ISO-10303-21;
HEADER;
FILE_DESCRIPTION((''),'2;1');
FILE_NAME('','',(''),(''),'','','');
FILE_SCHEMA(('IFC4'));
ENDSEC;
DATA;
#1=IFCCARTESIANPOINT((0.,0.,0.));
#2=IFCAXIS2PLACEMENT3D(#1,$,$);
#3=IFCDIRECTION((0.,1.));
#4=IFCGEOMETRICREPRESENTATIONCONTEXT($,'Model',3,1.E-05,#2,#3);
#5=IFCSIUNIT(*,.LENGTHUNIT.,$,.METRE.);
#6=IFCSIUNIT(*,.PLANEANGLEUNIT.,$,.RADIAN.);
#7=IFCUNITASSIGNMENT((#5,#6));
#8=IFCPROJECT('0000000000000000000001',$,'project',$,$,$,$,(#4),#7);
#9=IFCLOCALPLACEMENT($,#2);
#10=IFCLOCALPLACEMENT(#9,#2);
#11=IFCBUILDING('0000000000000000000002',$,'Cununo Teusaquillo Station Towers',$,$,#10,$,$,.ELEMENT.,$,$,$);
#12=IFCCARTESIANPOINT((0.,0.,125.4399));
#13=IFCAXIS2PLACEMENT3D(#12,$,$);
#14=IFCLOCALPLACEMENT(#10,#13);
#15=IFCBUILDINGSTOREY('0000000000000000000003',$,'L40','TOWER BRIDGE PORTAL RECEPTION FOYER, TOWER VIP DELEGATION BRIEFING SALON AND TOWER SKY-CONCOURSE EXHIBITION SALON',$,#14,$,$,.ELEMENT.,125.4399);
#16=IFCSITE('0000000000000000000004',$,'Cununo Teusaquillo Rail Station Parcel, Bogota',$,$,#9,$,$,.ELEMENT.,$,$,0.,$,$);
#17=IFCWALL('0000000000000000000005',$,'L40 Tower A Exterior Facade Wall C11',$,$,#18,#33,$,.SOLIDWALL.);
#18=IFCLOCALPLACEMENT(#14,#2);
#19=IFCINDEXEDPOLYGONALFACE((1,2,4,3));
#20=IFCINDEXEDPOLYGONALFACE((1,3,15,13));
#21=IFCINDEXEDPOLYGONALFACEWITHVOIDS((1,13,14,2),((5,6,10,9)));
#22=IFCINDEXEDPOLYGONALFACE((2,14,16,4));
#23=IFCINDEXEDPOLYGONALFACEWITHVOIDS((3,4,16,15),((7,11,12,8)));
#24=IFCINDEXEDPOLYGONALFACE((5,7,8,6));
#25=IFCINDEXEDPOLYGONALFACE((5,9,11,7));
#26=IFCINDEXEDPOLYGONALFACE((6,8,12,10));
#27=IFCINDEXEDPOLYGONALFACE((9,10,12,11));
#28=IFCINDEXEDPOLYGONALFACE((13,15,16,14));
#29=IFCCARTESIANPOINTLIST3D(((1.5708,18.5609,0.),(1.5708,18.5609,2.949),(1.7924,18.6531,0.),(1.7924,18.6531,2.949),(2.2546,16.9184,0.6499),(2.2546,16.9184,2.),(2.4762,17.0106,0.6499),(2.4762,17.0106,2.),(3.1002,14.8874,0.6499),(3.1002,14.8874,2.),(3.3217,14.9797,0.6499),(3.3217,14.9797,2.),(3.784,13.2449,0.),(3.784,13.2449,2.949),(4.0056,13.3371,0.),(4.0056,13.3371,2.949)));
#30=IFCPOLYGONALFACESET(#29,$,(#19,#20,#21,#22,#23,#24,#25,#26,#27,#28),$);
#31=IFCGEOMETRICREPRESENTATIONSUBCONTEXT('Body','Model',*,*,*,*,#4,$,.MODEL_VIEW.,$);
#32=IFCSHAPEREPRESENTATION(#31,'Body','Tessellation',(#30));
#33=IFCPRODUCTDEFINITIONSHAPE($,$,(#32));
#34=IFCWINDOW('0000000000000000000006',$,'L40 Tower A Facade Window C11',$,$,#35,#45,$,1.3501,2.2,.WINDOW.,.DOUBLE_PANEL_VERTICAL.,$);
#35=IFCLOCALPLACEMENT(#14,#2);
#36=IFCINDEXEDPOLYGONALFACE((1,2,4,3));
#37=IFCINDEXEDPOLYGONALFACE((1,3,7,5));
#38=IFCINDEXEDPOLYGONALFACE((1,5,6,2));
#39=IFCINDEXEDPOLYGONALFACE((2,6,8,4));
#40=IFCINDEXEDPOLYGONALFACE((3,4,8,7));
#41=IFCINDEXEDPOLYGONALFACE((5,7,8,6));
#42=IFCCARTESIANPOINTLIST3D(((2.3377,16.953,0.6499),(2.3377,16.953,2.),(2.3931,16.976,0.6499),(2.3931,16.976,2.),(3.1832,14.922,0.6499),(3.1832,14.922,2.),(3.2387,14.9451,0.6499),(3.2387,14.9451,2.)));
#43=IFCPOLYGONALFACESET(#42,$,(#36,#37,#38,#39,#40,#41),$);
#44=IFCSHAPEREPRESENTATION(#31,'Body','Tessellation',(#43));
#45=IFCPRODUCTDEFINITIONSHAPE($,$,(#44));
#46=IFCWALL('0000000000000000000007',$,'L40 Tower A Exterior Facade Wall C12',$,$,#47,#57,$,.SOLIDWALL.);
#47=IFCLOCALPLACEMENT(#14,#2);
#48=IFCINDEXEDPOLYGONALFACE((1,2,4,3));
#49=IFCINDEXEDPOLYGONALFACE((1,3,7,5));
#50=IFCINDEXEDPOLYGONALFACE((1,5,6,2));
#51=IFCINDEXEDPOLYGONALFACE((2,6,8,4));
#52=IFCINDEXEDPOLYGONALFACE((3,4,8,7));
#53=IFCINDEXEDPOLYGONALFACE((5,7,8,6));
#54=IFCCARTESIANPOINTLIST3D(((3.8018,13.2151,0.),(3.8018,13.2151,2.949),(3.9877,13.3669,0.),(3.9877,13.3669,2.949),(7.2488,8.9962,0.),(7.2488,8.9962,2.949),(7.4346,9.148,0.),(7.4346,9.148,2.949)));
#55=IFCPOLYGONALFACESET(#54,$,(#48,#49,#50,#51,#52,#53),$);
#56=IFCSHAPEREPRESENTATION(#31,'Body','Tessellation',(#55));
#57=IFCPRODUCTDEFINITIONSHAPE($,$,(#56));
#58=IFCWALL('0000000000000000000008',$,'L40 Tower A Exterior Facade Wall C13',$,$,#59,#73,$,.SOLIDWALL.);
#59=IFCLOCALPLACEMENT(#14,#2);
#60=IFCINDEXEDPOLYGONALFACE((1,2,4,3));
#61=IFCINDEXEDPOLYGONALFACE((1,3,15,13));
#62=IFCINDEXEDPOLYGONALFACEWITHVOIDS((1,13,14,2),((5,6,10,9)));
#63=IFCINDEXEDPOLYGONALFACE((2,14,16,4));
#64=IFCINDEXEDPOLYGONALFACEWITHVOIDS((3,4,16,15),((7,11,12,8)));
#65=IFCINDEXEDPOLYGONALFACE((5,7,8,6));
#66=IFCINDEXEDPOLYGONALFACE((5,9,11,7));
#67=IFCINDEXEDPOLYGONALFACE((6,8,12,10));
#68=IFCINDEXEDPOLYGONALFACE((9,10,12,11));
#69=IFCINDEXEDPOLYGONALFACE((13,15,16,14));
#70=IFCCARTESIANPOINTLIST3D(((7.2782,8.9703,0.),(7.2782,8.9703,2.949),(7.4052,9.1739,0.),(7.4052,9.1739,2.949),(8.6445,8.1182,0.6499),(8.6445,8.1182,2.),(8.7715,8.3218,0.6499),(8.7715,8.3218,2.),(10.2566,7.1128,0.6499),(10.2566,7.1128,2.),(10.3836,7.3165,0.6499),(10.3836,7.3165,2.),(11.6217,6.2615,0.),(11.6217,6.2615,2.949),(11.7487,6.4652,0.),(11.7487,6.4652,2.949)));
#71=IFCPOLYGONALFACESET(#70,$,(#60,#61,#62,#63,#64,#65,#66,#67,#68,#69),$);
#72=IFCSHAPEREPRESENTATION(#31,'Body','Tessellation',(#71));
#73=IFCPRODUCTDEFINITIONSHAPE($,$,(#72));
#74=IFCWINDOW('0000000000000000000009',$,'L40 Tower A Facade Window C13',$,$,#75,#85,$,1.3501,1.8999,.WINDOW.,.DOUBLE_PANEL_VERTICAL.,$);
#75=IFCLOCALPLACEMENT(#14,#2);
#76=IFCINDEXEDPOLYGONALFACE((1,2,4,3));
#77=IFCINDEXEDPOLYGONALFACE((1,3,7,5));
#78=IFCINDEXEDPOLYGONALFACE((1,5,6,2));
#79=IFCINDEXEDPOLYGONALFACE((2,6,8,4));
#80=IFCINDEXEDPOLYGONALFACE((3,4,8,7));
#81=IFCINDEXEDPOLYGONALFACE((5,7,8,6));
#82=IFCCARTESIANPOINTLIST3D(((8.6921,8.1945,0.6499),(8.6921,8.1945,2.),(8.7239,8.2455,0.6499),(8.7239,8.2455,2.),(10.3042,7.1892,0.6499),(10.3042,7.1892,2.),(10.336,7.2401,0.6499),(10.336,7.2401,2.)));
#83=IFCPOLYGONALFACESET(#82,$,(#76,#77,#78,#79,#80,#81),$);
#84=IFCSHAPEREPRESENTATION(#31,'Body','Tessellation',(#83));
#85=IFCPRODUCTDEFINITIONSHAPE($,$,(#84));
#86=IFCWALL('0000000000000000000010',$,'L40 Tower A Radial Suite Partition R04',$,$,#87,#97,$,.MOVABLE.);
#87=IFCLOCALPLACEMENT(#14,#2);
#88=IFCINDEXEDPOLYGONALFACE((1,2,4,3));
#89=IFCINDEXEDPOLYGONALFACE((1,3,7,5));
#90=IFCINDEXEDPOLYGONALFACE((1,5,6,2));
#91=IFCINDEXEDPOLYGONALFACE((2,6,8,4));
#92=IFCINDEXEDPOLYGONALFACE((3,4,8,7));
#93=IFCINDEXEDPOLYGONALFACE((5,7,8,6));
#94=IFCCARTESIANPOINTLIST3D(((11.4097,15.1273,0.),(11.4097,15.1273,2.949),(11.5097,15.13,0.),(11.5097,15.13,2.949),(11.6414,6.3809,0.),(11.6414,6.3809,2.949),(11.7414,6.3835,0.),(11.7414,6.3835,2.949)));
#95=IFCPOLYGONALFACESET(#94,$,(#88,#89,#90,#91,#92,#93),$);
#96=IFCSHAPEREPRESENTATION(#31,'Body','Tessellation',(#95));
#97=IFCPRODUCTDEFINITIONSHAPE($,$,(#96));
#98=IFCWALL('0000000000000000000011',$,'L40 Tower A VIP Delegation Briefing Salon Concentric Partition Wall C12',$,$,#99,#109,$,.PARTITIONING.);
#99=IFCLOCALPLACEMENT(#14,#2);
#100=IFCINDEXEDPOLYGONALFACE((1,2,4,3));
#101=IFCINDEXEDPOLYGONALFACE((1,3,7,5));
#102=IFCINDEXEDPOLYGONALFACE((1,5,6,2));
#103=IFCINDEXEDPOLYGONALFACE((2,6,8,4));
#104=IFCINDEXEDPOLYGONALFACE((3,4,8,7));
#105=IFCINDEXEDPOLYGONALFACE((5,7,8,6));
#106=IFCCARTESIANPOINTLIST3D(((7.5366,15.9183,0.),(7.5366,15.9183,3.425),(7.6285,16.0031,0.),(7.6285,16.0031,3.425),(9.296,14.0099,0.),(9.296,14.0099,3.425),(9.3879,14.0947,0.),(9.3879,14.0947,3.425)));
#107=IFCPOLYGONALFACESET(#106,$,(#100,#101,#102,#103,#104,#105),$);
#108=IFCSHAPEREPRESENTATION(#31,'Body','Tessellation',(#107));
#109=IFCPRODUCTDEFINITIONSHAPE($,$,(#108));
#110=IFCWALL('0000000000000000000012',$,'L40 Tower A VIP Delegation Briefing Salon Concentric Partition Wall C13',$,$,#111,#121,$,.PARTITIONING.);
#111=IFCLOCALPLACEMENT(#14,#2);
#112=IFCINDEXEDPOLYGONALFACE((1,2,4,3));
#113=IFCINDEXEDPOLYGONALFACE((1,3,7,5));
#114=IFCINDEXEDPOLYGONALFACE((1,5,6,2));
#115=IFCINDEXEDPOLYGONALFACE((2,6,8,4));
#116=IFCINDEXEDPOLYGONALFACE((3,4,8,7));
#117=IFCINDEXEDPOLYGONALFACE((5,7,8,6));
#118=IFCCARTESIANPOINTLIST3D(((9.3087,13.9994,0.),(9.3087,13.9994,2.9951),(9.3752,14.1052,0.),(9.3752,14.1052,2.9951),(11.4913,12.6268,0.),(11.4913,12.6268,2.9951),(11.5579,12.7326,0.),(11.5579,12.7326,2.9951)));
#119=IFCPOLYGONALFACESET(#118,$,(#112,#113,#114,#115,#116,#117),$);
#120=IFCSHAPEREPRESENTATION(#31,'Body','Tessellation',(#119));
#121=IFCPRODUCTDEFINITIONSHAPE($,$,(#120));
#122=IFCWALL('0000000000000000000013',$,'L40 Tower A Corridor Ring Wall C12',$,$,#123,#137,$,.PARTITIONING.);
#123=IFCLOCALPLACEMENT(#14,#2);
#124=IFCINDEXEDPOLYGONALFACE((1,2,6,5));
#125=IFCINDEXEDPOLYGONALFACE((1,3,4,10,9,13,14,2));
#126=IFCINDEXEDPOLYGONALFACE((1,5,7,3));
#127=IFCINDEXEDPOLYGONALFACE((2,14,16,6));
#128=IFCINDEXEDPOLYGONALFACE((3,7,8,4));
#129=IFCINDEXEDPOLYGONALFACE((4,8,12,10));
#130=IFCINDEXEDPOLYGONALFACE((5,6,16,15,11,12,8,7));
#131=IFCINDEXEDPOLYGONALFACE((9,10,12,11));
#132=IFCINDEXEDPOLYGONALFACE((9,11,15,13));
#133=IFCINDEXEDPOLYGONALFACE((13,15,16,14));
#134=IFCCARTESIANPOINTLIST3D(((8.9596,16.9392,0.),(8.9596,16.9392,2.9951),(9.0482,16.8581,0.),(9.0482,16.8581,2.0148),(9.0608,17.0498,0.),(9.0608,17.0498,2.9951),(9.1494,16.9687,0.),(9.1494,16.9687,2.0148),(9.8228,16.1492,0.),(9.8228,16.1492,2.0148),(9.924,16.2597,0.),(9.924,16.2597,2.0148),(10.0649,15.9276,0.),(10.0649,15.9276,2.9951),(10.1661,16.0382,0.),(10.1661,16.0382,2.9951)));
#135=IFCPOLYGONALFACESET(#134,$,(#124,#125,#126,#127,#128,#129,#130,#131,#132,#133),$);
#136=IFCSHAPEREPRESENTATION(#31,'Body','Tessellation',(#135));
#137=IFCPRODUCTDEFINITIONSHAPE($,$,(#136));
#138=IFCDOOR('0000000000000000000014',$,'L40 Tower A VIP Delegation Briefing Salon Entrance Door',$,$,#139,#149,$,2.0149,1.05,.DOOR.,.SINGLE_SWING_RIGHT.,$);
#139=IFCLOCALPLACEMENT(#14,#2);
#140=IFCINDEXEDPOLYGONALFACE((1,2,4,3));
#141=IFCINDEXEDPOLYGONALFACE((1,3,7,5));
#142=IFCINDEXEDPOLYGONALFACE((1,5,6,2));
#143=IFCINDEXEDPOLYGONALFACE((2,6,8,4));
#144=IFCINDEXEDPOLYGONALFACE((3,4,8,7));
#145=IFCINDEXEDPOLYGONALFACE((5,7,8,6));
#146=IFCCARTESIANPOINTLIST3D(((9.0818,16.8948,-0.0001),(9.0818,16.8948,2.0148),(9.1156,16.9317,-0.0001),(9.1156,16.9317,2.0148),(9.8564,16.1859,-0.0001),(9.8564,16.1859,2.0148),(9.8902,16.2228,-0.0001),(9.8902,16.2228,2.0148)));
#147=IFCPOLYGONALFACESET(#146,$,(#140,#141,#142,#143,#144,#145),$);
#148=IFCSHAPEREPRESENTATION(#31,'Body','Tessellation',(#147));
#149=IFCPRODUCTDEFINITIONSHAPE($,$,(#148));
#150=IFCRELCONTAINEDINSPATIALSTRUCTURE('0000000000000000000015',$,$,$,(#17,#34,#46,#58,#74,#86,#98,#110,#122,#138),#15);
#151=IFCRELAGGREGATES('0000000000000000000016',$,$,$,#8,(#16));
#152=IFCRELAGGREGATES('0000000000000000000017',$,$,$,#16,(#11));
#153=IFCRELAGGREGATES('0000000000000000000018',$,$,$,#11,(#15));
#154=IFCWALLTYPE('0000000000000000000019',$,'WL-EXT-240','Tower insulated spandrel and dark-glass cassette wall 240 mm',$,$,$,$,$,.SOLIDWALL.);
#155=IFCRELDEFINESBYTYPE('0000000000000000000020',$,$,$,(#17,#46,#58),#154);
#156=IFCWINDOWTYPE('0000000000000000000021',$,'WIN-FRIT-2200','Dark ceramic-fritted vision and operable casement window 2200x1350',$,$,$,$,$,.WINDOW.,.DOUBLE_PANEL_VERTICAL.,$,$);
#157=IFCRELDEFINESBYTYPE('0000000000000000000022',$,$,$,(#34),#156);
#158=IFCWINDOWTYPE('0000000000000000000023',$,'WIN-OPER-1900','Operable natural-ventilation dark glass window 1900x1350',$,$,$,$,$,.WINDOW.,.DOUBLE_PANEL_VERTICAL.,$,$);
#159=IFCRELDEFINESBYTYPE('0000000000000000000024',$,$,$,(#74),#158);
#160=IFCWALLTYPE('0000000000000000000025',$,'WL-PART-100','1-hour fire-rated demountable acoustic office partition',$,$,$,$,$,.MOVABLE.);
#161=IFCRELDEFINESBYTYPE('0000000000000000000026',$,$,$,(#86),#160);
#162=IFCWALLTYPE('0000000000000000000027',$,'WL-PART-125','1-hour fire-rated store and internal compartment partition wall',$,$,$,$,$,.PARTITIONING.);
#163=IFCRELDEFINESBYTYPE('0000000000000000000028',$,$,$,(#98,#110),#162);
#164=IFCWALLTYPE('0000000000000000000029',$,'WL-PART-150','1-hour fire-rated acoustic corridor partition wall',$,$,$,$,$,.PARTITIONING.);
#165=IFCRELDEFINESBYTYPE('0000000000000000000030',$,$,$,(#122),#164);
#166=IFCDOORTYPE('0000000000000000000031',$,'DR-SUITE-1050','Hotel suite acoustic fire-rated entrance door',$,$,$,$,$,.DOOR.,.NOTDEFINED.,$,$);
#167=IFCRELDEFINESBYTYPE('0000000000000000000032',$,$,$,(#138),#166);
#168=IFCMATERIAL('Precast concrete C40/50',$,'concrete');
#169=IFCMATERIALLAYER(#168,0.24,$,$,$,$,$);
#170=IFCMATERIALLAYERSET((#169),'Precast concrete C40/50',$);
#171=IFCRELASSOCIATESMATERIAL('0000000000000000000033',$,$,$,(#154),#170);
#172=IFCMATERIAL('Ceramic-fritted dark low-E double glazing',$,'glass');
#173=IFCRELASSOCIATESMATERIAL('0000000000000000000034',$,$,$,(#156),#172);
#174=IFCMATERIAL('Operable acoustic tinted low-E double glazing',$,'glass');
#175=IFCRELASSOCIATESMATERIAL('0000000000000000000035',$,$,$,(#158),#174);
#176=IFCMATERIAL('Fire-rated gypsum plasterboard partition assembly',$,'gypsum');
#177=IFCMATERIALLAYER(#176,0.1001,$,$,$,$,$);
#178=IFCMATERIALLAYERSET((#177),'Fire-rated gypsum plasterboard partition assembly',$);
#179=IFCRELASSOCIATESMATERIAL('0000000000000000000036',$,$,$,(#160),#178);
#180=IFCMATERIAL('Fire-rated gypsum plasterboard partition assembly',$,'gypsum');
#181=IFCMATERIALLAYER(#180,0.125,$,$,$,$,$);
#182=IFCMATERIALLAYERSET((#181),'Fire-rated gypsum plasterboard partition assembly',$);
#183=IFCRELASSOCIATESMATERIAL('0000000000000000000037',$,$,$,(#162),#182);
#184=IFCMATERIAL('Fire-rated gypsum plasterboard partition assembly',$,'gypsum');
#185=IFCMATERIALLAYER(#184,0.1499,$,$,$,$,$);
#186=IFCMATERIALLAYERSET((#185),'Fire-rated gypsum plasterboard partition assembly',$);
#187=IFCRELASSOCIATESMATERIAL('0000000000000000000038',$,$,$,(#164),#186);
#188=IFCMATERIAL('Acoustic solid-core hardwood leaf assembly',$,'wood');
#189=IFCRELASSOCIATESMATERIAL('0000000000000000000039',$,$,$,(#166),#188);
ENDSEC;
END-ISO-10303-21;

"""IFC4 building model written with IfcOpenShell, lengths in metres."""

from ifc_helpers import new_model, si_unit, direction, frame, frame_2d, origin, place, context, subcontext, project, spatial, rectangle, extrude, source, transform, mapped, material, layer, layer_set, type_object, element, fill, save


model = new_model("IFC4")

# Units and contexts
model_context = context("Model", 3, precision=1e-05, world=origin(), true_north=direction((0.0, 1.0)))
body_context = subcontext(model_context, "Body", "Model", "MODEL_VIEW")
ifc_project = project(units=[si_unit("LENGTHUNIT", "METRE"), si_unit("PLANEANGLEUNIT", "RADIAN")], contexts=[model_context])

# Site, building, storey
site_placement = place(None, origin())
site = spatial("IfcSite", under=ifc_project, at=site_placement, Name="Cununo Teusaquillo Rail Station Parcel, Bogota", CompositionType="ELEMENT", RefElevation=0.0)
building_placement = place(site_placement, origin())
building = spatial("IfcBuilding", under=site, at=building_placement, Name="Cununo Teusaquillo Station Towers", CompositionType="ELEMENT")
storey_placement = place(building_placement, frame((0.0, 0.0, 125.4399)))
storey = spatial("IfcBuildingStorey", under=building, at=storey_placement, Name="L40", Description="TOWER BRIDGE PORTAL RECEPTION FOYER, TOWER VIP DELEGATION BRIEFING SALON AND TOWER SKY-CONCOURSE EXHIBITION SALON", CompositionType="ELEMENT", Elevation=125.4399)

# Wall, opening, window
ifc_material_1 = material(Name="Precast concrete C40/50", Category="concrete")
ifc_layer_1 = layer(ifc_material_1, 0.24)
ifc_layer_set_1 = layer_set([ifc_layer_1], Name="Precast concrete C40/50")
wall_type_1 = type_object("IfcWallType", Name="WL-EXT-240", Description="Tower insulated spandrel and dark-glass cassette wall 240 mm", PredefinedType="SOLIDWALL", material=ifc_layer_set_1)
wall_1_placement = place(storey_placement, frame((3.8948, 13.291, 0.0), z_axis=(0.0, 0.0, 1.0), x_axis=(-0.384344, 0.92319, 0.0)))
wall_1 = element("IfcWall", 1, at=wall_1_placement, inside=storey, type_object=wall_type_1, Name="L40 Tower A Exterior Facade Wall C11", PredefinedType="SOLIDWALL", context=body_context, shape_type="SweptSolid", body=[
    extrude(rectangle(XDim=5.7583, YDim=0.24, at=frame_2d((2.8792, 0.0))), origin(), (0.0, 0.0, 1.0), 2.949),
])
shared_shape_1 = source(origin(), body_context, "Body", "SweptSolid", [
    extrude(rectangle(XDim=2.2, YDim=1.3501, at=frame_2d((1.1001, 0.675))), frame((0.0, 0.1299, 0.0), z_axis=(0.0, -1.0, 0.0), x_axis=(1.0, 0.0, 0.0)), (0.0, 0.0, 1.0), 0.26),
])
opening_1_placement = place(wall_1_placement, frame((1.7791, 0.0, 0.6499)))
opening_1 = element("IfcOpeningElement", 2, at=opening_1_placement, cuts=wall_1, PredefinedType="OPENING", context=body_context, shape_type="MappedRepresentation", body=[
    mapped(shared_shape_1, transform((0.0, 0.0, 0.0), x_axis=(1.0, 0.0, 0.0), y_axis=(0.0, 1.0, 0.0), z_axis=(0.0, 0.0, 1.0), scale=1.0)),
])
ifc_material_2 = material(Name="Ceramic-fritted dark low-E double glazing", Category="glass")
window_type_1 = type_object("IfcWindowType", Name="WIN-FRIT-2200", Description="Dark ceramic-fritted vision and operable casement window 2200x1350", PartitioningType="DOUBLE_PANEL_VERTICAL", PredefinedType="WINDOW", material=ifc_material_2)
shared_shape_2 = source(origin(), body_context, "Body", "SweptSolid", [
    extrude(rectangle(XDim=2.2, YDim=1.3501, at=frame_2d((1.1001, 0.675))), frame((0.0, 0.03, 0.0), z_axis=(0.0, -1.0, 0.0), x_axis=(1.0, 0.0, 0.0)), (0.0, 0.0, 1.0), 0.0601),
])
window_1_placement = place(opening_1_placement, origin())
window_1 = element("IfcWindow", 3, at=window_1_placement, inside=storey, type_object=window_type_1, Name="L40 Tower A Facade Window C11", OverallHeight=1.3501, OverallWidth=2.2, PartitioningType="DOUBLE_PANEL_VERTICAL", PredefinedType="WINDOW", context=body_context, shape_type="MappedRepresentation", body=[
    mapped(shared_shape_2, transform((0.0, 0.0, 0.0), x_axis=(1.0, 0.0, 0.0), y_axis=(0.0, 1.0, 0.0), z_axis=(0.0, 0.0, 1.0), scale=1.0)),
])
fill(opening_1, window_1)

# Wall
wall_2_placement = place(storey_placement, frame((7.3418, 9.072, 0.0), z_axis=(0.0, 0.0, 1.0), x_axis=(-0.632701, 0.774396, 0.0)))
element("IfcWall", 4, at=wall_2_placement, inside=storey, type_object=wall_type_1, Name="L40 Tower A Exterior Facade Wall C12", PredefinedType="SOLIDWALL", context=body_context, shape_type="SweptSolid", body=[
    extrude(rectangle(XDim=5.448, YDim=0.24, at=frame_2d((2.7241, 0.0))), origin(), (0.0, 0.0, 1.0), 2.949),
])

# Wall, opening, window
wall_3_placement = place(storey_placement, frame((11.6853, 6.3633, 0.0), z_axis=(0.0, 0.0, 1.0), x_axis=(-0.84852, 0.529163, 0.0)))
wall_3 = element("IfcWall", 5, at=wall_3_placement, inside=storey, type_object=wall_type_1, Name="L40 Tower A Exterior Facade Wall C13", PredefinedType="SOLIDWALL", context=body_context, shape_type="SweptSolid", body=[
    extrude(rectangle(XDim=5.1189, YDim=0.24, at=frame_2d((2.5596, 0.0))), origin(), (0.0, 0.0, 1.0), 2.949),
])
shared_shape_3 = source(origin(), body_context, "Body", "SweptSolid", [
    extrude(rectangle(XDim=1.8999, YDim=1.3501, at=frame_2d((0.95, 0.675))), frame((0.0, 0.1299, 0.0), z_axis=(0.0, -1.0, 0.0), x_axis=(1.0, 0.0, 0.0)), (0.0, 0.0, 1.0), 0.26),
])
opening_2_placement = place(wall_3_placement, frame((1.6089, 0.0, 0.6499)))
opening_2 = element("IfcOpeningElement", 6, at=opening_2_placement, cuts=wall_3, PredefinedType="OPENING", context=body_context, shape_type="MappedRepresentation", body=[
    mapped(shared_shape_3, transform((0.0, 0.0, 0.0), x_axis=(1.0, 0.0, 0.0), y_axis=(0.0, 1.0, 0.0), z_axis=(0.0, 0.0, 1.0), scale=1.0)),
])
ifc_material_3 = material(Name="Operable acoustic tinted low-E double glazing", Category="glass")
window_type_2 = type_object("IfcWindowType", Name="WIN-OPER-1900", Description="Operable natural-ventilation dark glass window 1900x1350", PartitioningType="DOUBLE_PANEL_VERTICAL", PredefinedType="WINDOW", material=ifc_material_3)
shared_shape_4 = source(origin(), body_context, "Body", "SweptSolid", [
    extrude(rectangle(XDim=1.8999, YDim=1.3501, at=frame_2d((0.95, 0.675))), frame((0.0, 0.03, 0.0), z_axis=(0.0, -1.0, 0.0), x_axis=(1.0, 0.0, 0.0)), (0.0, 0.0, 1.0), 0.0601),
])
window_2_placement = place(opening_2_placement, origin())
window_2 = element("IfcWindow", 7, at=window_2_placement, inside=storey, type_object=window_type_2, Name="L40 Tower A Facade Window C13", OverallHeight=1.3501, OverallWidth=1.8999, PartitioningType="DOUBLE_PANEL_VERTICAL", PredefinedType="WINDOW", context=body_context, shape_type="MappedRepresentation", body=[
    mapped(shared_shape_4, transform((0.0, 0.0, 0.0), x_axis=(1.0, 0.0, 0.0), y_axis=(0.0, 1.0, 0.0), z_axis=(0.0, 0.0, 1.0), scale=1.0)),
])
fill(opening_2, window_2)

# Walls
ifc_material_4 = material(Name="Fire-rated gypsum plasterboard partition assembly", Category="gypsum")
ifc_layer_2 = layer(ifc_material_4, 0.1001)
ifc_layer_set_2 = layer_set([ifc_layer_2], Name="Fire-rated gypsum plasterboard partition assembly")
wall_type_2 = type_object("IfcWallType", Name="WL-PART-100", Description="1-hour fire-rated demountable acoustic office partition", PredefinedType="MOVABLE", material=ifc_layer_set_2)
wall_4_placement = place(storey_placement, frame((11.4597, 15.1287, 0.0), z_axis=(0.0, 0.0, 1.0), x_axis=(0.026481, -0.999649, 0.0)))
element("IfcWall", 8, at=wall_4_placement, inside=storey, type_object=wall_type_2, Name="L40 Tower A Radial Suite Partition R04", PredefinedType="MOVABLE", context=body_context, shape_type="SweptSolid", body=[
    extrude(rectangle(XDim=8.7495, YDim=0.1001, at=frame_2d((4.3748, 0.0))), origin(), (0.0, 0.0, 1.0), 2.949),
])
ifc_material_5 = material(Name="Fire-rated gypsum plasterboard partition assembly", Category="gypsum")
ifc_layer_3 = layer(ifc_material_5, 0.125)
ifc_layer_set_3 = layer_set([ifc_layer_3], Name="Fire-rated gypsum plasterboard partition assembly")
wall_type_3 = type_object("IfcWallType", Name="WL-PART-125", Description="1-hour fire-rated store and internal compartment partition wall", PredefinedType="PARTITIONING", material=ifc_layer_set_3)
wall_5_placement = place(storey_placement, frame((7.5825, 15.9607, 0.0), z_axis=(0.0, 0.0, 1.0), x_axis=(0.677839, -0.735211, 0.0)))
element("IfcWall", 9, at=wall_5_placement, inside=storey, type_object=wall_type_3, Name="L40 Tower A VIP Delegation Briefing Salon Concentric Partition Wall C12", PredefinedType="PARTITIONING", context=body_context, shape_type="SweptSolid", body=[
    extrude(rectangle(XDim=2.5957, YDim=0.125, at=frame_2d((1.2979, 0.0))), origin(), (0.0, 0.0, 1.0), 3.425),
])
wall_6_placement = place(storey_placement, frame((9.342, 14.0522, 0.0), z_axis=(0.0, 0.0, 1.0), x_axis=(0.846527, -0.532346, 0.0)))
element("IfcWall", 10, at=wall_6_placement, inside=storey, type_object=wall_type_3, Name="L40 Tower A VIP Delegation Briefing Salon Concentric Partition Wall C13", PredefinedType="PARTITIONING", context=body_context, shape_type="SweptSolid", body=[
    extrude(rectangle(XDim=2.5784, YDim=0.125, at=frame_2d((1.2891, 0.0))), origin(), (0.0, 0.0, 1.0), 2.9951),
])

# Wall, opening, door
ifc_material_6 = material(Name="Fire-rated gypsum plasterboard partition assembly", Category="gypsum")
ifc_layer_4 = layer(ifc_material_6, 0.1499)
ifc_layer_set_4 = layer_set([ifc_layer_4], Name="Fire-rated gypsum plasterboard partition assembly")
wall_type_4 = type_object("IfcWallType", Name="WL-PART-150", Description="1-hour fire-rated acoustic corridor partition wall", PredefinedType="PARTITIONING", material=ifc_layer_set_4)
wall_7_placement = place(storey_placement, frame((9.0103, 16.9944, 0.0), z_axis=(0.0, 0.0, 1.0), x_axis=(0.737702, -0.675127, 0.0)))
wall_7 = element("IfcWall", 11, at=wall_7_placement, inside=storey, type_object=wall_type_4, Name="L40 Tower A Corridor Ring Wall C12", PredefinedType="PARTITIONING", context=body_context, shape_type="SweptSolid", body=[
    extrude(rectangle(XDim=1.4983, YDim=0.1499, at=frame_2d((0.749, 0.0))), origin(), (0.0, 0.0, 1.0), 2.9951),
])
shared_shape_5 = source(origin(), body_context, "Body", "SweptSolid", [
    extrude(rectangle(XDim=1.05, YDim=2.0149, at=frame_2d((0.5249, 1.0073))), frame((0.0, 0.085, 0.0), z_axis=(0.0, -1.0, 0.0), x_axis=(1.0, 0.0, 0.0)), (0.0, 0.0, 1.0), 0.1699),
])
opening_3_placement = place(wall_7_placement, frame((0.1201, 0.0, 0.0)))
opening_3 = element("IfcOpeningElement", 12, at=opening_3_placement, cuts=wall_7, PredefinedType="OPENING", context=body_context, shape_type="MappedRepresentation", body=[
    mapped(shared_shape_5, transform((0.0, 0.0, 0.0), x_axis=(1.0, 0.0, 0.0), y_axis=(0.0, 1.0, 0.0), z_axis=(0.0, 0.0, 1.0), scale=1.0)),
])
ifc_material_7 = material(Name="Acoustic solid-core hardwood leaf assembly", Category="wood")
door_type = type_object("IfcDoorType", Name="DR-SUITE-1050", Description="Hotel suite acoustic fire-rated entrance door", OperationType="NOTDEFINED", PredefinedType="DOOR", material=ifc_material_7)
shared_shape_6 = source(origin(), body_context, "Body", "SweptSolid", [
    extrude(rectangle(XDim=1.05, YDim=2.0149, at=frame_2d((0.5249, 1.0073))), frame((0.0, 0.0249, 0.0), z_axis=(0.0, -1.0, 0.0), x_axis=(1.0, 0.0, 0.0)), (0.0, 0.0, 1.0), 0.05),
])
door_placement = place(opening_3_placement, origin())
door = element("IfcDoor", 13, at=door_placement, inside=storey, type_object=door_type, Name="L40 Tower A VIP Delegation Briefing Salon Entrance Door", OperationType="SINGLE_SWING_RIGHT", OverallHeight=2.0149, OverallWidth=1.05, PredefinedType="DOOR", context=body_context, shape_type="MappedRepresentation", body=[
    mapped(shared_shape_6, transform((0.0, 0.0, 0.0), x_axis=(1.0, 0.0, 0.0), y_axis=(0.0, 1.0, 0.0), z_axis=(0.0, 0.0, 1.0), scale=1.0)),
])
fill(opening_3, door)

save(model, "model.ifc")
